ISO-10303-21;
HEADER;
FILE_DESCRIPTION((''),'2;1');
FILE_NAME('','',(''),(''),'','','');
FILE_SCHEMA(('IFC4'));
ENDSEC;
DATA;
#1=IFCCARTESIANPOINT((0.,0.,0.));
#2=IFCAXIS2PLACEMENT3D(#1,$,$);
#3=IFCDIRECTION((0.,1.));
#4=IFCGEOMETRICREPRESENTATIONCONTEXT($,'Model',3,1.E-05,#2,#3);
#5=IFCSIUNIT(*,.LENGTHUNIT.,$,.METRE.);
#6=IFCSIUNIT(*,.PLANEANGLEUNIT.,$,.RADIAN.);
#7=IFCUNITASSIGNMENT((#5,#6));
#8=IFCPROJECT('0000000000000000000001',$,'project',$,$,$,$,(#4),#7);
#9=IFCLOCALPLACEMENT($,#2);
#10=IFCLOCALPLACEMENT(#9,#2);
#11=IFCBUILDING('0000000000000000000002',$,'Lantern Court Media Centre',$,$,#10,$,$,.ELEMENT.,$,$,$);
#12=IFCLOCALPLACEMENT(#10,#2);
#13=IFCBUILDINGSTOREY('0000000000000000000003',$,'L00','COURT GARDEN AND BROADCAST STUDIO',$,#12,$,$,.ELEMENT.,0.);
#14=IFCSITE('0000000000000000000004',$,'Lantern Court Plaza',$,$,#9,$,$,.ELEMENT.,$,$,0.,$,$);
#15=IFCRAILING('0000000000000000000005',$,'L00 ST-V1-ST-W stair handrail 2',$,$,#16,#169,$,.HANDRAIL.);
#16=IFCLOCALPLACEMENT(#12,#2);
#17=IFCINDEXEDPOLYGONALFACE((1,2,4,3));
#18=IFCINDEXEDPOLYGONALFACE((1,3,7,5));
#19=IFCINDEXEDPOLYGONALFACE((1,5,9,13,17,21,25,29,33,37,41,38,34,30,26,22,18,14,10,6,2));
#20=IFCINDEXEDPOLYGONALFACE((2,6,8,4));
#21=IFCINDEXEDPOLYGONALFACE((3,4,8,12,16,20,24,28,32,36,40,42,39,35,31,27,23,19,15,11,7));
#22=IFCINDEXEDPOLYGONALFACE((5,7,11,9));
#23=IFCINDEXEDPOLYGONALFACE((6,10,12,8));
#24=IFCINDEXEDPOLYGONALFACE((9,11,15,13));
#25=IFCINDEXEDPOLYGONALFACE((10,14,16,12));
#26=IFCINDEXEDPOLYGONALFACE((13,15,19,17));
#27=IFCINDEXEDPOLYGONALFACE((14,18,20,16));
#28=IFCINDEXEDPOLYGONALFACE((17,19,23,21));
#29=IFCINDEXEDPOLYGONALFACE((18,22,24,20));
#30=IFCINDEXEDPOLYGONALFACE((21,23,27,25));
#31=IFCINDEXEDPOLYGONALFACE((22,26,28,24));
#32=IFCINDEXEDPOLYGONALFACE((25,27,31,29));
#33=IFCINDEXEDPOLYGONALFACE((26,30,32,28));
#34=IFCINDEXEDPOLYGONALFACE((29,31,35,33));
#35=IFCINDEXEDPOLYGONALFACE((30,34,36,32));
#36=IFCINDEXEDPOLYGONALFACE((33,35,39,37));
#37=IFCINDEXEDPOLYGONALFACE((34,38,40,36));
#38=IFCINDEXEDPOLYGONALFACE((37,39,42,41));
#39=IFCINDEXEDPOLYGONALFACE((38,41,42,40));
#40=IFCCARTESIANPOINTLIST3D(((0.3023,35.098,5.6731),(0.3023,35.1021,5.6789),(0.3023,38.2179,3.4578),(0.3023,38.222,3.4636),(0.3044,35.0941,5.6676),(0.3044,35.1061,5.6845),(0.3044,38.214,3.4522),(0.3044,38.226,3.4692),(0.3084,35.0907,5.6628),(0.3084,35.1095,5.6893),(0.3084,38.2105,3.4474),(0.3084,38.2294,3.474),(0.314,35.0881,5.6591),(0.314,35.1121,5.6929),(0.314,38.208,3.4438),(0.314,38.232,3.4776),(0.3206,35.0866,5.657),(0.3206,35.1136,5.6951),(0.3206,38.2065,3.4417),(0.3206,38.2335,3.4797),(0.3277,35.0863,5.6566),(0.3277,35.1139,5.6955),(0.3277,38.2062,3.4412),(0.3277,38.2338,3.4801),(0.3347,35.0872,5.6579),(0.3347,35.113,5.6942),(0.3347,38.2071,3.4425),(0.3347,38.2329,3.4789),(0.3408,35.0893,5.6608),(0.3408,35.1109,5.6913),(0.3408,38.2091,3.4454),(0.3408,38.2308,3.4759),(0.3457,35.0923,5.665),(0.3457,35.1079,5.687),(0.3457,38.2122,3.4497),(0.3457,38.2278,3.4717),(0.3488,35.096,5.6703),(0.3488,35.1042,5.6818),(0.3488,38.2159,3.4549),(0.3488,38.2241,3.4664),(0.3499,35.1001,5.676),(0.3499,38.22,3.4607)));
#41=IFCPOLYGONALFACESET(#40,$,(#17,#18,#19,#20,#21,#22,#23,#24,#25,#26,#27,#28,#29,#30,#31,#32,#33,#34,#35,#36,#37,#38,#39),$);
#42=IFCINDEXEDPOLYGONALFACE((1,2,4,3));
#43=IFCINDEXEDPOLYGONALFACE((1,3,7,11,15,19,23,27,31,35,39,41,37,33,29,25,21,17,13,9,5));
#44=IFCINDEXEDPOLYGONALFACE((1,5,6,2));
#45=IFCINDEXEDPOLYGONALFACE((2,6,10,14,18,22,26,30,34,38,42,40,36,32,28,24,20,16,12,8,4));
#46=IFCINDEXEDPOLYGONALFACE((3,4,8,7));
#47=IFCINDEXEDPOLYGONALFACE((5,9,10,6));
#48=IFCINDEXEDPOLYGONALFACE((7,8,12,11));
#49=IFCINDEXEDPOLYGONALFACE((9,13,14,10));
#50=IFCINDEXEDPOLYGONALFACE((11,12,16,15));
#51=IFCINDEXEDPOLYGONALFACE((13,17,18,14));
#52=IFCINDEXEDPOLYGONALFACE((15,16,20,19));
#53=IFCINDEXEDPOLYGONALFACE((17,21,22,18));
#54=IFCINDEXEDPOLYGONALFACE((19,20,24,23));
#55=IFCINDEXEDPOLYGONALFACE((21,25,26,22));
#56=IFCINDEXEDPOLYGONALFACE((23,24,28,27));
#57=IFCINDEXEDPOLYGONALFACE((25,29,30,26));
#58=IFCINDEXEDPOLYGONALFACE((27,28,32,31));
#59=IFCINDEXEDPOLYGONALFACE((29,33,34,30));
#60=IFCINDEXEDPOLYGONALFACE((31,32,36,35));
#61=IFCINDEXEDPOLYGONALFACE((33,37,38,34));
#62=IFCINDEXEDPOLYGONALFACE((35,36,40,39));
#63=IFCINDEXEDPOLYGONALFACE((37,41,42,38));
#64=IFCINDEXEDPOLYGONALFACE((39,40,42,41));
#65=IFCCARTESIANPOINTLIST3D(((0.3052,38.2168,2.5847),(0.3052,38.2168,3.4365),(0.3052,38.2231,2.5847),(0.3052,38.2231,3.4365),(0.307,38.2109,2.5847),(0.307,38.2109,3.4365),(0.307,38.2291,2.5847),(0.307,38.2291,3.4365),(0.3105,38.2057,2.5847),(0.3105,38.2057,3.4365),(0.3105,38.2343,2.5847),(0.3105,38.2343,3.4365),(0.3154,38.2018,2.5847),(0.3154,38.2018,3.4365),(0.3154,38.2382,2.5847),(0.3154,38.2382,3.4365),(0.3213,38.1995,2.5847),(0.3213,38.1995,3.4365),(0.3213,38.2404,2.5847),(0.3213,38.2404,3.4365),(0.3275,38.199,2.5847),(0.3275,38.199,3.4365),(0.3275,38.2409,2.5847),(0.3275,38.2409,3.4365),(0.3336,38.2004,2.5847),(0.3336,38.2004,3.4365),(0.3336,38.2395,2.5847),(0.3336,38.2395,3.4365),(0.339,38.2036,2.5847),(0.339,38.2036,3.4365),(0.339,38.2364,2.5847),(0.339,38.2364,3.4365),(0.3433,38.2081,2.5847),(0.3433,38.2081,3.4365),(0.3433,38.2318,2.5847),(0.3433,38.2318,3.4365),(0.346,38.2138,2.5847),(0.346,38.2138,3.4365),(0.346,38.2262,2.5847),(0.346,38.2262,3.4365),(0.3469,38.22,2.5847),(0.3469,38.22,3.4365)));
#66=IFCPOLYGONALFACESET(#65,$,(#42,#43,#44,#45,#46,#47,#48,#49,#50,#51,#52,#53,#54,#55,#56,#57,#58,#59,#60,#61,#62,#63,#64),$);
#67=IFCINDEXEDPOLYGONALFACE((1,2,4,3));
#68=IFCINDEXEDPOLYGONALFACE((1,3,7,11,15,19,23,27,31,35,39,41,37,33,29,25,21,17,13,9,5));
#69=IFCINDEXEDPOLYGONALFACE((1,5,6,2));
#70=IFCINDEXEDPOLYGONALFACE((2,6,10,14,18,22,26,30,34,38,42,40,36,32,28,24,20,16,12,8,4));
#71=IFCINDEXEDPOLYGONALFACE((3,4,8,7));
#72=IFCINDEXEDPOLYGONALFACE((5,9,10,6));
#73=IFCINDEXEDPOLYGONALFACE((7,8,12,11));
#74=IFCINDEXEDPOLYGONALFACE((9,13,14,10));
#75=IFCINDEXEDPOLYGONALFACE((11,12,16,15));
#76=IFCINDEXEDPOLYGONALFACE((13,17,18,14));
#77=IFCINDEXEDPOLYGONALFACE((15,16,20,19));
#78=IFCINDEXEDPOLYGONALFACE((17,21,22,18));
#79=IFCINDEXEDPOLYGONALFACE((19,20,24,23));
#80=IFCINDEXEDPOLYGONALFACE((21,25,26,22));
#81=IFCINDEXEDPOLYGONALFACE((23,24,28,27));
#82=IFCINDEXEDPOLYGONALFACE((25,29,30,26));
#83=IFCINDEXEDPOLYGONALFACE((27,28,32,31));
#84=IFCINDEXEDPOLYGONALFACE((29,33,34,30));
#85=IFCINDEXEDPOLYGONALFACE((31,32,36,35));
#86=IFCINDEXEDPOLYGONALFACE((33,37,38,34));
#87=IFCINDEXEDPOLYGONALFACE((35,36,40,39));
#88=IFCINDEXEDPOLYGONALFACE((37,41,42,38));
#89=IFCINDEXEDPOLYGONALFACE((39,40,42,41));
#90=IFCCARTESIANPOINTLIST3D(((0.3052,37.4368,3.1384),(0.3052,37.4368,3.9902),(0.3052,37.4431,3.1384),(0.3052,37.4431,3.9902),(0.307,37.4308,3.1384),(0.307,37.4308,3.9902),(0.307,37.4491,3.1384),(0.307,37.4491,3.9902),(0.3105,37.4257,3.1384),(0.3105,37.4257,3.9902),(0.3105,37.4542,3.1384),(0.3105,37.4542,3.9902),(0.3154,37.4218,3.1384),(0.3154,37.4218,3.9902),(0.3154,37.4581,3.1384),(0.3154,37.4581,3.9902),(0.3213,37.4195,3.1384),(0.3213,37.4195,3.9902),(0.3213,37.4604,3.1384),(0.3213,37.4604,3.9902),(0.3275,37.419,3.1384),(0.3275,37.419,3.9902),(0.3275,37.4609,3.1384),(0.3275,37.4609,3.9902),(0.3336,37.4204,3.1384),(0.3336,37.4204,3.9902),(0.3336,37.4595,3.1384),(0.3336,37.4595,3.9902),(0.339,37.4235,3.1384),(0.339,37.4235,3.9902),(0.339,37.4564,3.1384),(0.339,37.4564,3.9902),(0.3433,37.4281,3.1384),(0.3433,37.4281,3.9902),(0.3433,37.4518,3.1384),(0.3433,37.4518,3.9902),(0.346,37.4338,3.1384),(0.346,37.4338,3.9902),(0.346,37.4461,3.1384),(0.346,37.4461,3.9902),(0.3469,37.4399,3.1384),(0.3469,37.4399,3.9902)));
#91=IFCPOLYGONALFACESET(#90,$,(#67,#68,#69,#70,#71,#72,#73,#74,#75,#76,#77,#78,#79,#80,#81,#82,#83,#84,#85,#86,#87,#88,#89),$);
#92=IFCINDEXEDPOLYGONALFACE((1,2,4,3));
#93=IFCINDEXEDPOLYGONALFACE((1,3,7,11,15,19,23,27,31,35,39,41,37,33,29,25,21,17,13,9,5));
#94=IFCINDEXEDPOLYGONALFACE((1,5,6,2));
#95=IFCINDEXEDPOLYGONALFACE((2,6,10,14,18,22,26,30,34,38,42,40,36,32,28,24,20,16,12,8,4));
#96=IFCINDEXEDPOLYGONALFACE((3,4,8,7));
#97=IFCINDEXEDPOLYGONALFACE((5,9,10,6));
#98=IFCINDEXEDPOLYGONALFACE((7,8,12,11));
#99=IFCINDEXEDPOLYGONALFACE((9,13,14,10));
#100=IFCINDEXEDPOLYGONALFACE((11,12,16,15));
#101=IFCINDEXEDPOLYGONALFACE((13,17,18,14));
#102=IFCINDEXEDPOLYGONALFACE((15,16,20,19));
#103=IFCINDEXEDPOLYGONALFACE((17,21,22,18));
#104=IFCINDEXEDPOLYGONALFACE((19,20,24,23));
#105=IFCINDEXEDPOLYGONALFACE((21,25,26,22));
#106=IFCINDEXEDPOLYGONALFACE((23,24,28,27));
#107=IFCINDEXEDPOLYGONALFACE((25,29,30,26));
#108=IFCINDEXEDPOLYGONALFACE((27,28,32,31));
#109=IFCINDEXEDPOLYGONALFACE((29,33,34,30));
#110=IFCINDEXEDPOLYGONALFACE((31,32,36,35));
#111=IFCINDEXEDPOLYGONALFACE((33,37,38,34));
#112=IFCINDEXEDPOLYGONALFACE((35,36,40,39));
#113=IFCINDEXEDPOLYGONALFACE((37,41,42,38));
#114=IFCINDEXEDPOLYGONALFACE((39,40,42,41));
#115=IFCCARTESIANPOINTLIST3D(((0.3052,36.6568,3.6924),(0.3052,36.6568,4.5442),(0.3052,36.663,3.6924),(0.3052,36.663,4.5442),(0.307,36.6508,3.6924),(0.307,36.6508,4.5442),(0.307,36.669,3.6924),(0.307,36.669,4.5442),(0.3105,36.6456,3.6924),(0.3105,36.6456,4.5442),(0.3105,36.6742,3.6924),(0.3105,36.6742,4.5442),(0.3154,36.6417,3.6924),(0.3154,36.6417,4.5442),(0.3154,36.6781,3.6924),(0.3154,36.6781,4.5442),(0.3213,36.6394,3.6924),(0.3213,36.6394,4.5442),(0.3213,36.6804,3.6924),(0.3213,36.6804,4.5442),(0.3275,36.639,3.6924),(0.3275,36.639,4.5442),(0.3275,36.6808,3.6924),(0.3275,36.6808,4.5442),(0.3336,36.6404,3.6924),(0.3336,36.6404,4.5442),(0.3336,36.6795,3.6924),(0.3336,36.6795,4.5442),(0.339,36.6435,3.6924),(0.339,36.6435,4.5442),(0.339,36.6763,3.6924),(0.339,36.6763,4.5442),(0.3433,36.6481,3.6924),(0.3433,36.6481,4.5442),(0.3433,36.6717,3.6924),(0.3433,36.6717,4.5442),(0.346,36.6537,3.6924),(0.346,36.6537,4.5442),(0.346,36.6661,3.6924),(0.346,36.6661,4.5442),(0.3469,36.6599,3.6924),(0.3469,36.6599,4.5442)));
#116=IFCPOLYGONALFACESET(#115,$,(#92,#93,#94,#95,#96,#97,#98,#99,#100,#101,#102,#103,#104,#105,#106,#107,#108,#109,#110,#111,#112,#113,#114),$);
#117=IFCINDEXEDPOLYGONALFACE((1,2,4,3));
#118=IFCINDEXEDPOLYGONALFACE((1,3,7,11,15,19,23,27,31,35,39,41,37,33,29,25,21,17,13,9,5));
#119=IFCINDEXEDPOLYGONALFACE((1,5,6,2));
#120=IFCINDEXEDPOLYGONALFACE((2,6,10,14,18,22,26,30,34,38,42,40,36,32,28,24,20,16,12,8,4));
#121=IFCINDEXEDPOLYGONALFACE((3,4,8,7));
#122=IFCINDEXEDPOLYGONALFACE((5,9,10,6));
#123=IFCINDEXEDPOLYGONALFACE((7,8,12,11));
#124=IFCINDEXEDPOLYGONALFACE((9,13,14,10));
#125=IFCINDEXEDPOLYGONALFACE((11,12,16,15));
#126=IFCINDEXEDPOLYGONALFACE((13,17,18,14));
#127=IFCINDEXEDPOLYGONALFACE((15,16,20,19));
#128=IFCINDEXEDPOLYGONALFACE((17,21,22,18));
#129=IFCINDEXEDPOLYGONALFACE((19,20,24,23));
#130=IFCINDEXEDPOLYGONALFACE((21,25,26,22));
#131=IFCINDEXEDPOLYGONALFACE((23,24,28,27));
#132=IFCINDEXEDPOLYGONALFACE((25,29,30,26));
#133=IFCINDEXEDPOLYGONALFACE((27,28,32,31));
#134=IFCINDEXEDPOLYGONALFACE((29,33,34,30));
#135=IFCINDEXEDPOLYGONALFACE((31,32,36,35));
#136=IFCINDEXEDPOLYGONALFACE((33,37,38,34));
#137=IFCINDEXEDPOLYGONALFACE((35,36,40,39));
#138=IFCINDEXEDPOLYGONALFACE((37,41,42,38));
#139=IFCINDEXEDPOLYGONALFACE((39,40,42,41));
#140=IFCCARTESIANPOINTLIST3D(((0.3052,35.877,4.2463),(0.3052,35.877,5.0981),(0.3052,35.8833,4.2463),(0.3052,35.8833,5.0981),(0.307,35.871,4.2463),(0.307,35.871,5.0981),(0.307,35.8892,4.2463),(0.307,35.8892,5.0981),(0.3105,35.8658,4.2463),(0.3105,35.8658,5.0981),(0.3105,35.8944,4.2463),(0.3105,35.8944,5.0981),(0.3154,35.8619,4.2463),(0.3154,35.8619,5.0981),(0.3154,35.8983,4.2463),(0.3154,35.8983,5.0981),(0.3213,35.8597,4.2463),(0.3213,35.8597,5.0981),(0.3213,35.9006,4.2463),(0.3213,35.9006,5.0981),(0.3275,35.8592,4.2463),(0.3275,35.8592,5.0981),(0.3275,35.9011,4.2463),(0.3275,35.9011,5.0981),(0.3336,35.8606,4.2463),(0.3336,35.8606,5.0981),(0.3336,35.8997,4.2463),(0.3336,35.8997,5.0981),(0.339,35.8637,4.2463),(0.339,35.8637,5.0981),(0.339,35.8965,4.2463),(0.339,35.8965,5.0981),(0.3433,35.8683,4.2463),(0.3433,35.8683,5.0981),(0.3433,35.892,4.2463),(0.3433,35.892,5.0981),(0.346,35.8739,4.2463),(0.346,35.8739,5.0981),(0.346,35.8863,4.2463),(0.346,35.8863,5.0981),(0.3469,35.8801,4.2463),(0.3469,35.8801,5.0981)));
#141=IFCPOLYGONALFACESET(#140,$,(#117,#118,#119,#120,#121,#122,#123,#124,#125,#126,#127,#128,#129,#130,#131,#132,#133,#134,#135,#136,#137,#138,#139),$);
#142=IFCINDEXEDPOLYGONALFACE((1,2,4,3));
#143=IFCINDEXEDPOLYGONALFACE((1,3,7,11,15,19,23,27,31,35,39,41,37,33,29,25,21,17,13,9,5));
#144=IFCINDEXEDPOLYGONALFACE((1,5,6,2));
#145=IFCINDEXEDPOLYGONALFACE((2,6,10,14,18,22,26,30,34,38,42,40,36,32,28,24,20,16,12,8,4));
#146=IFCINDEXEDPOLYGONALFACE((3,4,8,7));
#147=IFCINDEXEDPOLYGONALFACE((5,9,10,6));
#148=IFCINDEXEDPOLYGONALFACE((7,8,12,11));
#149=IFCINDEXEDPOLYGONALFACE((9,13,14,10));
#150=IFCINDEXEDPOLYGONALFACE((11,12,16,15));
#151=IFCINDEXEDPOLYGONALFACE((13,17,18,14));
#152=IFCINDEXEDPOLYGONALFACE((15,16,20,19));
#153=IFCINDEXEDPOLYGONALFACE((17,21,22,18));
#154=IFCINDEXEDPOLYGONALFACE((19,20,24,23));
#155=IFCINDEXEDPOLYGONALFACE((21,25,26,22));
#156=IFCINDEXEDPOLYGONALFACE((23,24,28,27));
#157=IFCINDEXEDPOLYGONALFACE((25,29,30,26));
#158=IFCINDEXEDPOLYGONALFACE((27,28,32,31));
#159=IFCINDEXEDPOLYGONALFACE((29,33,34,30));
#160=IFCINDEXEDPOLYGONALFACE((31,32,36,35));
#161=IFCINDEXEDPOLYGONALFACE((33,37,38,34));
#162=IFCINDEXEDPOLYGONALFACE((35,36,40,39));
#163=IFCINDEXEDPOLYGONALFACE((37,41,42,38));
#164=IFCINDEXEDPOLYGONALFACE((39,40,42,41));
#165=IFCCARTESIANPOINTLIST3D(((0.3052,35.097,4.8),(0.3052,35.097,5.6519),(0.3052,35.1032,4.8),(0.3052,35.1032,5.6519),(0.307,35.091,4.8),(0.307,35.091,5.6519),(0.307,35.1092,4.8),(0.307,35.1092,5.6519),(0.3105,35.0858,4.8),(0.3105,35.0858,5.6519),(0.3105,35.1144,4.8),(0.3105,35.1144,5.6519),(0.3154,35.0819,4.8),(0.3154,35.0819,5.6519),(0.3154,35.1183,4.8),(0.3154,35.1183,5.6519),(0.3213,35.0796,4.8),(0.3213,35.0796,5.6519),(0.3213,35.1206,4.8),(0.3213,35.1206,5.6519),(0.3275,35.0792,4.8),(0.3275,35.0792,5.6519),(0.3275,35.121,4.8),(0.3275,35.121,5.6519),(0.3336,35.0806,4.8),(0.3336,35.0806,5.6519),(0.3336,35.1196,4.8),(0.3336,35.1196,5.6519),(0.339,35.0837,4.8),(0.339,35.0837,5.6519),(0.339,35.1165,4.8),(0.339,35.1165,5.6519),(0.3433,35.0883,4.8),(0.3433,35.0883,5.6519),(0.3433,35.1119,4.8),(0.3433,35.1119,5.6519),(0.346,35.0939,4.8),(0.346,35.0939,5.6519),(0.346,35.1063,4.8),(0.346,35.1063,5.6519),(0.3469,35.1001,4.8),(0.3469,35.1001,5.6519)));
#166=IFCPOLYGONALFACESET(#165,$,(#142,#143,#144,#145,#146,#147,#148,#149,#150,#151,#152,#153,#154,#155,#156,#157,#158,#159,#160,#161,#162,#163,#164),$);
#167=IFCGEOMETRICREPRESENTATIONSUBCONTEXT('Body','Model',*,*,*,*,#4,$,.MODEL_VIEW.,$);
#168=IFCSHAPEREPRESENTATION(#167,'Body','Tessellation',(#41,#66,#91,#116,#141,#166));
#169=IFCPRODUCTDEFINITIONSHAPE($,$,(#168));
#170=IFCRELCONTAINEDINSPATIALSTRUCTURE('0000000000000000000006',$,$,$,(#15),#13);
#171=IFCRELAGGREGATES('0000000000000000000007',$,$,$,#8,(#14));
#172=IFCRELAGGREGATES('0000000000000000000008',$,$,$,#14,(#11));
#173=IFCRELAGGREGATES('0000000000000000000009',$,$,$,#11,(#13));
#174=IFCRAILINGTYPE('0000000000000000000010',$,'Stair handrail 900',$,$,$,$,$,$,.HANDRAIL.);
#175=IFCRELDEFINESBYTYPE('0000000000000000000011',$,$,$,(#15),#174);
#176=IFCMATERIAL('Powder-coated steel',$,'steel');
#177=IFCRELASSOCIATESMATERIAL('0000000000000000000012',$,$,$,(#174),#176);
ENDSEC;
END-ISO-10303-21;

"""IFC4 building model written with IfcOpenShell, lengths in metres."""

from ifc_helpers import new_model, si_unit, direction, frame, origin, origin_2d, place, context, subcontext, project, spatial, circle, extrude, material, type_object, element, save


model = new_model("IFC4")

# Units and contexts
model_context = context("Model", 3, precision=1e-05, world=origin(), true_north=direction((0.0, 1.0)))
body_context = subcontext(model_context, "Body", "Model", "MODEL_VIEW")
ifc_project = project(units=[si_unit("LENGTHUNIT", "METRE"), si_unit("PLANEANGLEUNIT", "RADIAN")], contexts=[model_context])

# Site, building, storey
site_placement = place(None, origin())
site = spatial("IfcSite", under=ifc_project, at=site_placement, Name="Lantern Court Plaza", CompositionType="ELEMENT", RefElevation=0.0)
building_placement = place(site_placement, origin())
building = spatial("IfcBuilding", under=site, at=building_placement, Name="Lantern Court Media Centre", CompositionType="ELEMENT")
storey_placement = place(building_placement, origin())
storey = spatial("IfcBuildingStorey", under=building, at=storey_placement, Name="L00", Description="COURT GARDEN AND BROADCAST STUDIO", CompositionType="ELEMENT", Elevation=0.0)

# Railing
ifc_material_1 = material(Name="Powder-coated steel", Category="steel")
railing_type_1 = type_object("IfcRailingType", Name="Stair handrail 900", PredefinedType="HANDRAIL", material=ifc_material_1)
railing_1_placement = place(storey_placement, frame((0.3259, 38.22, 2.5847)))
element("IfcRailing", 1, at=railing_1_placement, inside=storey, type_object=railing_type_1, Name="L00 ST-V1-ST-W stair handrail 2", PredefinedType="HANDRAIL", context=body_context, shape_type="SweptSolid", body=[
    extrude(circle(Radius=0.0239, at=origin_2d()), frame((0.0, 0.0, 0.876), z_axis=(0.0, -0.815356, 0.578961), x_axis=(1.0, 0.0, 0.0)), (0.0, 0.0, 1.0), 3.8264),
    extrude(circle(Radius=0.021, at=origin_2d()), origin(), (0.0, 0.0, 1.0), 0.8518),
    extrude(circle(Radius=0.021, at=origin_2d()), frame((0.0, -0.78, 0.5537)), (0.0, 0.0, 1.0), 0.8518),
    extrude(circle(Radius=0.021, at=origin_2d()), frame((0.0, -1.5601, 1.1077)), (0.0, 0.0, 1.0), 0.8518),
    extrude(circle(Radius=0.021, at=origin_2d()), frame((0.0, -2.3398, 1.6616)), (0.0, 0.0, 1.0), 0.8518),
    extrude(circle(Radius=0.021, at=origin_2d()), frame((0.0, -3.1199, 2.2153)), (0.0, 0.0, 1.0), 0.8518),
])

save(model, "model.ifc")
